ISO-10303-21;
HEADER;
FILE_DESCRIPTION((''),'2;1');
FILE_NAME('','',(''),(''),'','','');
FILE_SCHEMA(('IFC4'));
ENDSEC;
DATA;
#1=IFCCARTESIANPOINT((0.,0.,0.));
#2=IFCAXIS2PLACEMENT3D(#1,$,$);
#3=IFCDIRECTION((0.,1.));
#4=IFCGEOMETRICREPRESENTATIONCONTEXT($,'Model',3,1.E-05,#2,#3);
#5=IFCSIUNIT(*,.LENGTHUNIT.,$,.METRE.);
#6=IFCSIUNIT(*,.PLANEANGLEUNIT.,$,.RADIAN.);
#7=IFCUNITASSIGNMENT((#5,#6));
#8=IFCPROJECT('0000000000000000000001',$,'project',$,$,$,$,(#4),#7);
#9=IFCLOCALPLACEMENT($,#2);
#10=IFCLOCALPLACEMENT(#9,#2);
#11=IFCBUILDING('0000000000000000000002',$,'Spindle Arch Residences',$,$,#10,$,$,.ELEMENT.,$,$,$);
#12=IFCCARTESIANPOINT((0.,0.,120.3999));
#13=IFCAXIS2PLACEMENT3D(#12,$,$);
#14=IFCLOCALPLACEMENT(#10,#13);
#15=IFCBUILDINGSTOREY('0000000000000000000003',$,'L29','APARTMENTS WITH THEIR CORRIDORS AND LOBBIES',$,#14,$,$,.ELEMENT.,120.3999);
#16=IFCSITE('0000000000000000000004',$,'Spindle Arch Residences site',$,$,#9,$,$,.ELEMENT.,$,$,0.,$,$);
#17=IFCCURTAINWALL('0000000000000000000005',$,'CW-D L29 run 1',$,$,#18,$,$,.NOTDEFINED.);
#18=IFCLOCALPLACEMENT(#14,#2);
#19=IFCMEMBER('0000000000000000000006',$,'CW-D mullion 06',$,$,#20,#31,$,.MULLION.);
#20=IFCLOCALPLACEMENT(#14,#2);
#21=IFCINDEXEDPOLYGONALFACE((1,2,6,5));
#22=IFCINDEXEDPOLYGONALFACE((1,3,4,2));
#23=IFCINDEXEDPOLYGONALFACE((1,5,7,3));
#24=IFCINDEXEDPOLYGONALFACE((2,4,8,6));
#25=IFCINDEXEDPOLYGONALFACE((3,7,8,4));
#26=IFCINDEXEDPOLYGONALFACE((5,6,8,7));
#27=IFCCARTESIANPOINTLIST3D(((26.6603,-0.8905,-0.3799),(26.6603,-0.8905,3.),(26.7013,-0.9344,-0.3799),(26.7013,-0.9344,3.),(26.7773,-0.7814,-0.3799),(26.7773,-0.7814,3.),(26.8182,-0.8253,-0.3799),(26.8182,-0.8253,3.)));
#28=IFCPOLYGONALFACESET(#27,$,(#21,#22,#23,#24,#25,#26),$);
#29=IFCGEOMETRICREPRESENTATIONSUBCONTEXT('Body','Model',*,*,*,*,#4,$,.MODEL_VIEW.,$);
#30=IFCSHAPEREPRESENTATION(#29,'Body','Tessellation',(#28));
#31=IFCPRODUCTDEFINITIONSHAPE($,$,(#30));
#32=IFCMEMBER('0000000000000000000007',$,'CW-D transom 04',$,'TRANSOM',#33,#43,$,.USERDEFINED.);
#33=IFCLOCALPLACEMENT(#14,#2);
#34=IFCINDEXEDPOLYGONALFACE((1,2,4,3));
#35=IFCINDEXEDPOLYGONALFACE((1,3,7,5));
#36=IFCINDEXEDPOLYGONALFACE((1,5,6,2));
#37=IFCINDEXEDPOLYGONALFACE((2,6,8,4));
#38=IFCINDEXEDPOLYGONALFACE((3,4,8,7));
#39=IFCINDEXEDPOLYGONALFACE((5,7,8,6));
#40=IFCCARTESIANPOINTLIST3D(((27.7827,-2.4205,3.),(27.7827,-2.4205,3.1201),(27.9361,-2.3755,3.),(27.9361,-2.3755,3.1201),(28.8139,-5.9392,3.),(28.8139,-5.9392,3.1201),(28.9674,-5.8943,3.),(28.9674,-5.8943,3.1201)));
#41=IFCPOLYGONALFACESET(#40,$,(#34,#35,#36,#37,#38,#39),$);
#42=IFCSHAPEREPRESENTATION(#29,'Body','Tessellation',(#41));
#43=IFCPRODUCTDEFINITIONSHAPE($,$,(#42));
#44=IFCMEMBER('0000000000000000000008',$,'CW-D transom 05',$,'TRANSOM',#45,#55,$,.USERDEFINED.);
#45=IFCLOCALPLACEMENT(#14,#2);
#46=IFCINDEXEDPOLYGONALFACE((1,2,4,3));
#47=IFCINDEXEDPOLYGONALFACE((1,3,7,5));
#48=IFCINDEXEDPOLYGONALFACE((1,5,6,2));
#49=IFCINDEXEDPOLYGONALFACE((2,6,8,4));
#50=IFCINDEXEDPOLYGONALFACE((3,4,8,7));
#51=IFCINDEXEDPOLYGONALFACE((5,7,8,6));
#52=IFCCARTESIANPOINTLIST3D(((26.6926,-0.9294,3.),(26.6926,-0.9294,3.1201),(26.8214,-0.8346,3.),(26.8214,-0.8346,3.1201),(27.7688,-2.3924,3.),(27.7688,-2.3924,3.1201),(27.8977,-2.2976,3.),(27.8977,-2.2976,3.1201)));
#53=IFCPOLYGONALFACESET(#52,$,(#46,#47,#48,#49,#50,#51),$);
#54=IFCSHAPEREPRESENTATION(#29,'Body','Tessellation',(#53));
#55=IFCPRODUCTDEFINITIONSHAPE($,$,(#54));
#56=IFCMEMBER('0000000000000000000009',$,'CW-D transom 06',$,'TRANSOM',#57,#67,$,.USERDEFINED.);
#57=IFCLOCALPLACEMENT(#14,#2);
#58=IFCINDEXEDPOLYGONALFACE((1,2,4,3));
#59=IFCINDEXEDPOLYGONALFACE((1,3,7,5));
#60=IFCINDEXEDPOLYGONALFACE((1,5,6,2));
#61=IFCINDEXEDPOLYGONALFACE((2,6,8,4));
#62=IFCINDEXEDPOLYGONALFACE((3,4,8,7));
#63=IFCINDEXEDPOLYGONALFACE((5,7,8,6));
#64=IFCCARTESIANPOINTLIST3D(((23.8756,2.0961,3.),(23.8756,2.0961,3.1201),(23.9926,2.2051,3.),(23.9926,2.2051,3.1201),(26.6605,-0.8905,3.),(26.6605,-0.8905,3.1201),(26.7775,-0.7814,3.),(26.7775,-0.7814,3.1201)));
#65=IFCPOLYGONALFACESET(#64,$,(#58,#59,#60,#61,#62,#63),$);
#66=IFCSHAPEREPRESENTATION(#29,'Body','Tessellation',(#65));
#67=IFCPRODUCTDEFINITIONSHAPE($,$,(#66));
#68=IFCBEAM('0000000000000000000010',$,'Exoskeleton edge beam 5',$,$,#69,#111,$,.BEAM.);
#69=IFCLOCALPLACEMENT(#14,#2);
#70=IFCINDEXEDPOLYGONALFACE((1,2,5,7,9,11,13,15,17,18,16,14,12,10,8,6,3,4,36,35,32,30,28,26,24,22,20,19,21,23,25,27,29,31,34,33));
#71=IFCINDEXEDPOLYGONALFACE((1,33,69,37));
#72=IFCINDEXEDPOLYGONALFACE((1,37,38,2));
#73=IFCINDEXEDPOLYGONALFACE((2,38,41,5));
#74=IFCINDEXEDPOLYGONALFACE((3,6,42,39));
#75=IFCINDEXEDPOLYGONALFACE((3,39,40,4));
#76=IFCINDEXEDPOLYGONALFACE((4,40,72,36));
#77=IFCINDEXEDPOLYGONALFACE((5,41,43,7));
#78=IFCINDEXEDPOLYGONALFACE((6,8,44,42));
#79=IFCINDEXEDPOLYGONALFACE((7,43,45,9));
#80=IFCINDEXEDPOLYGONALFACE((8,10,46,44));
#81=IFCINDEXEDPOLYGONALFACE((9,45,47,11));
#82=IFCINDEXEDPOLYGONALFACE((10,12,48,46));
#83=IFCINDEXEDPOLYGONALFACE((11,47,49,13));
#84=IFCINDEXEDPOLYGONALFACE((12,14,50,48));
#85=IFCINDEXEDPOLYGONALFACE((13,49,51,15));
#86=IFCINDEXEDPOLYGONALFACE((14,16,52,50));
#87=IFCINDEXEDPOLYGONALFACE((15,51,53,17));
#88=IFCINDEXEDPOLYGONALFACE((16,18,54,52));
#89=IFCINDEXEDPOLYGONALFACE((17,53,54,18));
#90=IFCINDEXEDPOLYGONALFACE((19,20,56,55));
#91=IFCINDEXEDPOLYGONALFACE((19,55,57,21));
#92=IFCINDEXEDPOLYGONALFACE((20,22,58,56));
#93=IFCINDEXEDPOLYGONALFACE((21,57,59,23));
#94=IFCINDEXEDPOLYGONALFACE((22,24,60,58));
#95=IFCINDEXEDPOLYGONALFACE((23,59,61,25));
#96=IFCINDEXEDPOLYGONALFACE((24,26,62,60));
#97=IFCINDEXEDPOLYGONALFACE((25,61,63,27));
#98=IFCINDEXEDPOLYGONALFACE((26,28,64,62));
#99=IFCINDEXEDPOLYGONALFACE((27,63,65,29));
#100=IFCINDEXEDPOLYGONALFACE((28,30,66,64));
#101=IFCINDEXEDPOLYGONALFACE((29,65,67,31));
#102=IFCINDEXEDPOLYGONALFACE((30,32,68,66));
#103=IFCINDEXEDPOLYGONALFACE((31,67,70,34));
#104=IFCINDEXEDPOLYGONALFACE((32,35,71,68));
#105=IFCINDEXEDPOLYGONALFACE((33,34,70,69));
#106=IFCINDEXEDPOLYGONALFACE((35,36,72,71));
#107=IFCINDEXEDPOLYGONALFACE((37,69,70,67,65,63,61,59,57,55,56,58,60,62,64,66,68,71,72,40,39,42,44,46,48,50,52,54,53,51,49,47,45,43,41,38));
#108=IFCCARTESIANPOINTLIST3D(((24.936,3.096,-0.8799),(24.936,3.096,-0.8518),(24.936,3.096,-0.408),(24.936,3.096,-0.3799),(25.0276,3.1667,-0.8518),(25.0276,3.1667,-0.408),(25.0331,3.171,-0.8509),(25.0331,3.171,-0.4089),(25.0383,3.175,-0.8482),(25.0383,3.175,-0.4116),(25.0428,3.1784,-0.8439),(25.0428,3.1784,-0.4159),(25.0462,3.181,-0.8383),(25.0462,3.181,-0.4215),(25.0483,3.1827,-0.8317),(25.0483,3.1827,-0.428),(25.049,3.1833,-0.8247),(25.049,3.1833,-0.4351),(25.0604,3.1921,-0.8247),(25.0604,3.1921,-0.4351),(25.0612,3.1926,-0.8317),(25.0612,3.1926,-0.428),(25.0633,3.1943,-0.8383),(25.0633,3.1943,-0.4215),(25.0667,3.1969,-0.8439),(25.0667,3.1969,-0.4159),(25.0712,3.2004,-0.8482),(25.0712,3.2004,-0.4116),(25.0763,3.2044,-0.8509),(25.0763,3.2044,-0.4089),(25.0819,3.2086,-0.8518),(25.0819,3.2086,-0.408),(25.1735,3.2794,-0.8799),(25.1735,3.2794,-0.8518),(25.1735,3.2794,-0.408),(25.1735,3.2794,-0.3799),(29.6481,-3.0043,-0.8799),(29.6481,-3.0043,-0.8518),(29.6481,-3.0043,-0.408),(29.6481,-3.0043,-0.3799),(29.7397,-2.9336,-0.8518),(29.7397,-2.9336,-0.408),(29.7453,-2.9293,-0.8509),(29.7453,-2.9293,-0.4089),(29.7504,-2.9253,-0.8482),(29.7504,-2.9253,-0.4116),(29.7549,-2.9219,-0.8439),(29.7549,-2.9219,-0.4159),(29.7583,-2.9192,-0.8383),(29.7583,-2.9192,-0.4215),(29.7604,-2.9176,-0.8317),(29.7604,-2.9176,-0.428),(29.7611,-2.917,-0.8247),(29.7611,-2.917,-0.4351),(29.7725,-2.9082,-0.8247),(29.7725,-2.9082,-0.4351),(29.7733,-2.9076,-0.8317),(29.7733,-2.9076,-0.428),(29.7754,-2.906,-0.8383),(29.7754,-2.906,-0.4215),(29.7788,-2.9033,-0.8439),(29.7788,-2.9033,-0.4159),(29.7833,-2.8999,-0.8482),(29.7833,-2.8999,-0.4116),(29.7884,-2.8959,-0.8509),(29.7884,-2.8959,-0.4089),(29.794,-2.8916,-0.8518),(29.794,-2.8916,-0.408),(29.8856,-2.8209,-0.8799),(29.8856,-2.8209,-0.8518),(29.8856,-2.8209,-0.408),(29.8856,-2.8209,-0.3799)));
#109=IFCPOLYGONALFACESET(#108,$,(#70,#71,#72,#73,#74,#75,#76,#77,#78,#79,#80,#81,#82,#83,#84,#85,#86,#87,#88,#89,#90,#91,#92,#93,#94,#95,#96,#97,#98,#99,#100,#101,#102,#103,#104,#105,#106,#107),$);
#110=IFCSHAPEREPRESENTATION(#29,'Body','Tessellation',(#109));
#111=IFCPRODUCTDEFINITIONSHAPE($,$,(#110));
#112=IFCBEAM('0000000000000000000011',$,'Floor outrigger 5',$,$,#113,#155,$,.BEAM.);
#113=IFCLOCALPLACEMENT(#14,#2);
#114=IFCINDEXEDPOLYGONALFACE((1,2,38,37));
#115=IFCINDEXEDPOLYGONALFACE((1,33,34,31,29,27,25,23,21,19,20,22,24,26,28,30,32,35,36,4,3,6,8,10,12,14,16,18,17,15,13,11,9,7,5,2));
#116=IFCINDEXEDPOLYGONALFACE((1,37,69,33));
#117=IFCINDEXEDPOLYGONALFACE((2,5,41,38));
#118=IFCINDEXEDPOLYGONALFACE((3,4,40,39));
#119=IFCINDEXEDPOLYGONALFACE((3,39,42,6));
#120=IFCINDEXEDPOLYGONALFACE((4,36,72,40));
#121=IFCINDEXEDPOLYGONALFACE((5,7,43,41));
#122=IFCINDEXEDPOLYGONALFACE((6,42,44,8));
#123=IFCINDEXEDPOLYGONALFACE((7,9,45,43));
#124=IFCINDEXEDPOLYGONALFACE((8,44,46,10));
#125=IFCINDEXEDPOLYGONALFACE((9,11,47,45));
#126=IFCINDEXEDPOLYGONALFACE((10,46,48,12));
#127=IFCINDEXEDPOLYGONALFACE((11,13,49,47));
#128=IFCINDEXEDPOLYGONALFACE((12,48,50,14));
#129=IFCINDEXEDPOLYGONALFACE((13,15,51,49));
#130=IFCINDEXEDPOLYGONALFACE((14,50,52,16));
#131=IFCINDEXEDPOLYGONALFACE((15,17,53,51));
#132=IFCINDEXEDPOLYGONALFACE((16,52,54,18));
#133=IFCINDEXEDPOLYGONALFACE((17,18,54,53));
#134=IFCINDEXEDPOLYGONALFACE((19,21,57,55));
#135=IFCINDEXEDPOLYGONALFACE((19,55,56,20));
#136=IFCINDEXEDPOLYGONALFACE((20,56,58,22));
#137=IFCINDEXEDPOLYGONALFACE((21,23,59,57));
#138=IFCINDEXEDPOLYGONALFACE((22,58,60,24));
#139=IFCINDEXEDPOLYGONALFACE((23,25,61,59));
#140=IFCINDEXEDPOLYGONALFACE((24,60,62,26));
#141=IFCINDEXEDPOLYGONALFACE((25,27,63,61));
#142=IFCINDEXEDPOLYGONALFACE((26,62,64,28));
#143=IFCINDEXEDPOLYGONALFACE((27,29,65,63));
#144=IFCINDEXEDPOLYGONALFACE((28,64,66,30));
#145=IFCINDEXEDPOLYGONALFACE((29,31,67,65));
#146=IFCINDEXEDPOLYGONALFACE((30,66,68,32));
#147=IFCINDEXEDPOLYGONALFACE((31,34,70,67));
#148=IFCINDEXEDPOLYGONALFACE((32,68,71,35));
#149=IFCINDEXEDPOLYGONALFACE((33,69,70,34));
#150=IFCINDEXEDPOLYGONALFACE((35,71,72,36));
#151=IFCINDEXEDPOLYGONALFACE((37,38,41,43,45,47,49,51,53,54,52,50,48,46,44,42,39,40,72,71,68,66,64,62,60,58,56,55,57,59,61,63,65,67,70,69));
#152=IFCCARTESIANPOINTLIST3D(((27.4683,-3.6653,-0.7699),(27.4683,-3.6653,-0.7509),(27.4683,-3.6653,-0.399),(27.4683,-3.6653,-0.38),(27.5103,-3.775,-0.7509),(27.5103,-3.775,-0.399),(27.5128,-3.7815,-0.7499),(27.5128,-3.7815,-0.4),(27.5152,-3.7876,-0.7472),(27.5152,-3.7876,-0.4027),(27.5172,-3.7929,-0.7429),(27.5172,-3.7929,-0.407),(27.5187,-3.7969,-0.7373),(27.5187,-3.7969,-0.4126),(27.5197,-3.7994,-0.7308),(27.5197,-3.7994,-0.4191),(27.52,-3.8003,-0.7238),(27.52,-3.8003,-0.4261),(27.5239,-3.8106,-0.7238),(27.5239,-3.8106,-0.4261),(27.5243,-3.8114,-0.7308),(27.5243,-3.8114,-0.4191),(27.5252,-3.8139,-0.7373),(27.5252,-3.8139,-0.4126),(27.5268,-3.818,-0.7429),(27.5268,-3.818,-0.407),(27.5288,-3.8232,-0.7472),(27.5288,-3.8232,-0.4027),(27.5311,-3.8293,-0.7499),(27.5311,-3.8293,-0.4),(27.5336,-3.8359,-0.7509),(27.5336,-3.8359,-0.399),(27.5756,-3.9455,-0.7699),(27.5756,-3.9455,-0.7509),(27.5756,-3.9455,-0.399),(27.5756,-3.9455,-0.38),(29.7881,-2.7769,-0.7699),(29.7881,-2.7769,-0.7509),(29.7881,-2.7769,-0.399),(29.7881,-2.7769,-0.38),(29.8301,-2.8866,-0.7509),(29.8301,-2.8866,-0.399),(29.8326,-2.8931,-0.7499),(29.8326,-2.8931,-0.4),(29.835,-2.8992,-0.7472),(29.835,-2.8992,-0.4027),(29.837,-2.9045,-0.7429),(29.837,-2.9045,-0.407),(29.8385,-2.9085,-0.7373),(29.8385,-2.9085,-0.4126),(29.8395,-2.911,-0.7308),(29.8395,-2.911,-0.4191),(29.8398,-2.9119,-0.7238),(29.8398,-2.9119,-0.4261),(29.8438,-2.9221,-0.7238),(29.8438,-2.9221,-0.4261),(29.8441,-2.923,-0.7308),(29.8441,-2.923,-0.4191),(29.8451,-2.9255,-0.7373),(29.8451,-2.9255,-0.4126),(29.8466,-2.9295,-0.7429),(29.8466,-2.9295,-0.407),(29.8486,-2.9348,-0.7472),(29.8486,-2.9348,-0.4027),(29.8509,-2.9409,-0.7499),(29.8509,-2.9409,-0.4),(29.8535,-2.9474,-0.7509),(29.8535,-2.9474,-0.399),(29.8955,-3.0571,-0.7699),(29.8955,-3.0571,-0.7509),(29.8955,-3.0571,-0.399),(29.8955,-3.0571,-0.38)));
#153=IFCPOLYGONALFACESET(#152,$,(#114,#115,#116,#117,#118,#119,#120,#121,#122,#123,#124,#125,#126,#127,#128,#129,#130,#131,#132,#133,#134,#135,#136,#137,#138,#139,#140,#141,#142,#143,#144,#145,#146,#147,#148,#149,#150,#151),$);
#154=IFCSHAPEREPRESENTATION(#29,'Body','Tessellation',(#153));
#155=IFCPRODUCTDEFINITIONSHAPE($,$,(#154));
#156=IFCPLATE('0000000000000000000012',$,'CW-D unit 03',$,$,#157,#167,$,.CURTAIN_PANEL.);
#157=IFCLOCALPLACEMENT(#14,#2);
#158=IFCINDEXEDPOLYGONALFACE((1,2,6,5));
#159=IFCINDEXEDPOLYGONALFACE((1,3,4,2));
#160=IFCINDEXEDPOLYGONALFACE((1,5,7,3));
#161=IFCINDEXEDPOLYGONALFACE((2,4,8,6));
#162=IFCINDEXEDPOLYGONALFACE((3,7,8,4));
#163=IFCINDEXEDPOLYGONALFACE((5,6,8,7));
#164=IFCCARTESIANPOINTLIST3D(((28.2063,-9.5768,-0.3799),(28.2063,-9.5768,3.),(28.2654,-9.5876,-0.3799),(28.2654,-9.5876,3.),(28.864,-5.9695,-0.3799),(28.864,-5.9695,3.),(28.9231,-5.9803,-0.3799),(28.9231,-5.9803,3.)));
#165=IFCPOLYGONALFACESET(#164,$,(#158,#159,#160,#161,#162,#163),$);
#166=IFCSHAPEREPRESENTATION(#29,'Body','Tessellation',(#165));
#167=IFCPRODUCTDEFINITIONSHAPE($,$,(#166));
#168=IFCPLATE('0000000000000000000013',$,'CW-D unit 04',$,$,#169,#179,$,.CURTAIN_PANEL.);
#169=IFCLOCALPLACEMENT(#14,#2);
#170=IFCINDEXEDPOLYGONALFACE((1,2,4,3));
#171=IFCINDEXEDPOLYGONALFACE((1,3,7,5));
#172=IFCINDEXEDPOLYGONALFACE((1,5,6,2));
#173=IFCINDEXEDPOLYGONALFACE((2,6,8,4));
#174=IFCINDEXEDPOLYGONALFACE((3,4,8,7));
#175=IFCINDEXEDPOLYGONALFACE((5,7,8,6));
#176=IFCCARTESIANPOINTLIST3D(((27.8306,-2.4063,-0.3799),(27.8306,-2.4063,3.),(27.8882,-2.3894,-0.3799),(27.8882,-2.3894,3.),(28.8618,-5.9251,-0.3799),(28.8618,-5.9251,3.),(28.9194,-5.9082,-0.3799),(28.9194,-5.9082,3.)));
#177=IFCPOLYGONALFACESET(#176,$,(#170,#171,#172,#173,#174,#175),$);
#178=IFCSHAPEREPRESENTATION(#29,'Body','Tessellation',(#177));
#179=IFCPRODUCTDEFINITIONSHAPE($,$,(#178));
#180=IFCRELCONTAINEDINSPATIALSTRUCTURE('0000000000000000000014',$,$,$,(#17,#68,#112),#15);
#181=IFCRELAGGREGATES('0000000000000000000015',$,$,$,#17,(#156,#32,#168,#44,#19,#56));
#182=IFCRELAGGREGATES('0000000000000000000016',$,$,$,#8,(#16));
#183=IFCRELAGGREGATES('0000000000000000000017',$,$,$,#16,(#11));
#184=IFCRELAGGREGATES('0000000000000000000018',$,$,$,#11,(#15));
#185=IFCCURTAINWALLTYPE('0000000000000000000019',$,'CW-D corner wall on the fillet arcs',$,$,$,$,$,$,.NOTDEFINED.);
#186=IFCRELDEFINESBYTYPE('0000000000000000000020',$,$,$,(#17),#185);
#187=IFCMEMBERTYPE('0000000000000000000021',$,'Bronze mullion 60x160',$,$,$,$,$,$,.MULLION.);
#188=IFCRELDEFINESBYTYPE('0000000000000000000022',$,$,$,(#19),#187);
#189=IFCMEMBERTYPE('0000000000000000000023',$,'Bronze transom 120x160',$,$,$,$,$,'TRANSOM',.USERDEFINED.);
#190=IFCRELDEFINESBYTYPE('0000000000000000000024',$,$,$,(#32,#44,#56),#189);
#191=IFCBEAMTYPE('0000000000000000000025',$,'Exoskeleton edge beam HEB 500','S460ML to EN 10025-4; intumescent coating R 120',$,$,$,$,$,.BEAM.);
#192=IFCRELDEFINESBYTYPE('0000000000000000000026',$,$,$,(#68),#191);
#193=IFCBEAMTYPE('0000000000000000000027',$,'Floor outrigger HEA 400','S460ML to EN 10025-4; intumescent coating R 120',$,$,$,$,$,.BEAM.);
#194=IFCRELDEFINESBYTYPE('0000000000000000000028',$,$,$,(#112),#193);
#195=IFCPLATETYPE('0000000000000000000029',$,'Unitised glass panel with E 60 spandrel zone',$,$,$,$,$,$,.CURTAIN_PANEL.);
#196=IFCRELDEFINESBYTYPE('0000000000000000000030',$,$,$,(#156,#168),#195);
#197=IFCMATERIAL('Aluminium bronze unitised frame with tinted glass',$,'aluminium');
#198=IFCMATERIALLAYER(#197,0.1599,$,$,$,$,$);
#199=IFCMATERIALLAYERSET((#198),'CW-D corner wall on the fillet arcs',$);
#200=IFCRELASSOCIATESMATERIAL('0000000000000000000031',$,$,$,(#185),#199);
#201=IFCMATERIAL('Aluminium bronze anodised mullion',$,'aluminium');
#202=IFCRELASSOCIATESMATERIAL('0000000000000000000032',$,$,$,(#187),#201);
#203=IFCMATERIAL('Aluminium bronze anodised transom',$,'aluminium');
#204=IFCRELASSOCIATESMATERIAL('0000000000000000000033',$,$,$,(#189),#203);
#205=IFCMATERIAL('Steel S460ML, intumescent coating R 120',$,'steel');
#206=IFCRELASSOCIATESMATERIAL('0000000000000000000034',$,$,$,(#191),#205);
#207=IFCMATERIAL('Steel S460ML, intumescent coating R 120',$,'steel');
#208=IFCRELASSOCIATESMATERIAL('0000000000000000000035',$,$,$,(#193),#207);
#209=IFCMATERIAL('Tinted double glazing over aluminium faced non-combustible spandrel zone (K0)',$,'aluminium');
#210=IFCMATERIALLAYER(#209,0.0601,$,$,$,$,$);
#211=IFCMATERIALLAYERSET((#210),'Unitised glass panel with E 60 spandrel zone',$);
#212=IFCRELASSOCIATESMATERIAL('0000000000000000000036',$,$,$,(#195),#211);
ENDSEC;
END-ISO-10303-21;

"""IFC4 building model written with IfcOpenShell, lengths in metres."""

from ifc_helpers import new_model, si_unit, direction, frame, origin, origin_2d, place, context, subcontext, project, spatial, rectangle, i_section, extrude, material, layer, layer_set, material_profile, profile_set, type_object, element, aggregate, save


model = new_model("IFC4")

# Units and contexts
model_context = context("Model", 3, precision=1e-05, world=origin(), true_north=direction((0.0, 1.0)))
body_context = subcontext(model_context, "Body", "Model", "MODEL_VIEW")
ifc_project = project(units=[si_unit("LENGTHUNIT", "METRE"), si_unit("PLANEANGLEUNIT", "RADIAN")], contexts=[model_context])

# Site, building, storey
site_placement = place(None, origin())
site = spatial("IfcSite", under=ifc_project, at=site_placement, Name="Spindle Arch Residences site", CompositionType="ELEMENT", RefElevation=0.0)
building_placement = place(site_placement, origin())
building = spatial("IfcBuilding", under=site, at=building_placement, Name="Spindle Arch Residences", CompositionType="ELEMENT")
storey_placement = place(building_placement, frame((0.0, 0.0, 120.3999)))
storey = spatial("IfcBuildingStorey", under=building, at=storey_placement, Name="L29", Description="APARTMENTS WITH THEIR CORRIDORS AND LOBBIES", CompositionType="ELEMENT", Elevation=120.3999)

# Curtain wall, members
ifc_material_1 = material(Name="Aluminium bronze unitised frame with tinted glass", Category="aluminium")
ifc_layer_1 = layer(ifc_material_1, 0.1599)
ifc_layer_set_1 = layer_set([ifc_layer_1], Name="CW-D corner wall on the fillet arcs")
curtain_wall_type = type_object("IfcCurtainWallType", Name="CW-D corner wall on the fillet arcs", PredefinedType="NOTDEFINED", material=ifc_layer_set_1)
curtain_wall_placement = place(storey_placement, origin())
curtain_wall = element("IfcCurtainWall", 1, at=curtain_wall_placement, inside=storey, type_object=curtain_wall_type, Name="CW-D L29 run 1", PredefinedType="NOTDEFINED")
ifc_material_2 = material(Name="Aluminium bronze anodised mullion", Category="aluminium")
ifc_material_profile_1 = material_profile(ifc_material_2, rectangle(XDim=0.1599, YDim=0.0601, at=origin_2d()), Name="MU 60x160")
ifc_profile_set_1 = profile_set([ifc_material_profile_1], Name="Aluminium bronze anodised mullion")
member_type_1 = type_object("IfcMemberType", Name="Bronze mullion 60x160", PredefinedType="MULLION", material=ifc_profile_set_1)
member_1_placement = place(storey_placement, frame((26.7393, -0.8579, -0.3799), z_axis=(0.0, 0.0, 1.0), x_axis=(-0.731354, -0.681998, 0.0)))
member_1 = element("IfcMember", 2, at=member_1_placement, type_object=member_type_1, Name="CW-D mullion 06", PredefinedType="MULLION", context=body_context, shape_type="SweptSolid", body=[
    extrude(rectangle(XDim=0.1599, YDim=0.0601, at=origin_2d()), origin(), (0.0, 0.0, 1.0), 3.3799),
])
ifc_material_3 = material(Name="Aluminium bronze anodised transom", Category="aluminium")
ifc_material_profile_2 = material_profile(ifc_material_3, rectangle(XDim=0.1599, YDim=0.1201, at=origin_2d()), Name="TR 120x160")
ifc_profile_set_2 = profile_set([ifc_material_profile_2], Name="Aluminium bronze anodised transom")
member_type_2 = type_object("IfcMemberType", Name="Bronze transom 120x160", ElementType="TRANSOM", PredefinedType="USERDEFINED", material=ifc_profile_set_2)
member_2_placement = place(storey_placement, frame((28.8906, -5.9167, 3.0601), z_axis=(-0.28124, 0.959638, 0.0), x_axis=(-0.959638, -0.28124, 0.0)))
member_2 = element("IfcMember", 3, at=member_2_placement, type_object=member_type_2, Name="CW-D transom 04", ObjectType="TRANSOM", PredefinedType="USERDEFINED", context=body_context, shape_type="SweptSolid", body=[
    extrude(rectangle(XDim=0.1599, YDim=0.1201, at=origin_2d()), origin(), (0.0, 0.0, 1.0), 3.6667),
])
member_3_placement = place(storey_placement, frame((27.8333, -2.345, 3.0601), z_axis=(-0.592575, 0.805515, 0.0), x_axis=(-0.805515, -0.592575, 0.0)))
member_3 = element("IfcMember", 4, at=member_3_placement, type_object=member_type_2, Name="CW-D transom 05", ObjectType="TRANSOM", PredefinedType="USERDEFINED", context=body_context, shape_type="SweptSolid", body=[
    extrude(rectangle(XDim=0.1599, YDim=0.1201, at=origin_2d()), origin(), (0.0, 0.0, 1.0), 1.8162),
])
member_4_placement = place(storey_placement, frame((26.719, -0.8359, 3.0601), z_axis=(-0.681984, 0.731367, 0.0), x_axis=(-0.731367, -0.681984, 0.0)))
member_4 = element("IfcMember", 5, at=member_4_placement, type_object=member_type_2, Name="CW-D transom 06", ObjectType="TRANSOM", PredefinedType="USERDEFINED", context=body_context, shape_type="SweptSolid", body=[
    extrude(rectangle(XDim=0.1599, YDim=0.1201, at=origin_2d()), origin(), (0.0, 0.0, 1.0), 4.0835),
])

# Beams
ifc_material_4 = material(Name="Steel S460ML, intumescent coating R 120", Category="steel")
ifc_material_profile_3 = material_profile(ifc_material_4, i_section(OverallWidth=0.3, OverallDepth=0.5, WebThickness=0.0144, FlangeThickness=0.0281, FilletRadius=0.0271, at=origin_2d()), Name="HEB 500")
ifc_profile_set_3 = profile_set([ifc_material_profile_3], Name="Steel S460ML, intumescent coating R 120")
beam_type_1 = type_object("IfcBeamType", Name="Exoskeleton edge beam HEB 500", Description="S460ML to EN 10025-4; intumescent coating R 120", PredefinedType="BEAM", material=ifc_profile_set_3)
beam_1_placement = place(storey_placement, frame((29.7668, -2.9126, -0.6299), z_axis=(-0.611306, 0.791394, 0.0), x_axis=(-0.791394, -0.611306, 0.0)))
element("IfcBeam", 6, at=beam_1_placement, inside=storey, type_object=beam_type_1, Name="Exoskeleton edge beam 5", PredefinedType="BEAM", context=body_context, shape_type="SweptSolid", body=[
    extrude(i_section(OverallWidth=0.3, OverallDepth=0.5, WebThickness=0.0144, FlangeThickness=0.0281, FilletRadius=0.0271, at=origin_2d()), origin(), (0.0, 0.0, 1.0), 7.7083),
])
ifc_material_5 = material(Name="Steel S460ML, intumescent coating R 120", Category="steel")
ifc_material_profile_4 = material_profile(ifc_material_5, i_section(OverallWidth=0.3, OverallDepth=0.3899, WebThickness=0.011, FlangeThickness=0.019, FilletRadius=0.0271, at=origin_2d()), Name="HEA 400")
ifc_profile_set_4 = profile_set([ifc_material_profile_4], Name="Steel S460ML, intumescent coating R 120")
beam_type_2 = type_object("IfcBeamType", Name="Floor outrigger HEA 400", Description="S460ML to EN 10025-4; intumescent coating R 120", PredefinedType="BEAM", material=ifc_profile_set_4)
beam_2_placement = place(storey_placement, frame((29.8418, -2.917, -0.575), z_axis=(-0.933859, -0.357642, 0.0), x_axis=(0.357642, -0.933859, 0.0)))
element("IfcBeam", 7, at=beam_2_placement, inside=storey, type_object=beam_type_2, Name="Floor outrigger 5", PredefinedType="BEAM", context=body_context, shape_type="SweptSolid", body=[
    extrude(i_section(OverallWidth=0.3, OverallDepth=0.3899, WebThickness=0.011, FlangeThickness=0.019, FilletRadius=0.0271, at=origin_2d()), origin(), (0.0, 0.0, 1.0), 2.4841),
])

# Plates
ifc_material_6 = material(Name="Tinted double glazing over aluminium faced non-combustible spandrel zone (K0)", Category="aluminium")
ifc_layer_2 = layer(ifc_material_6, 0.0601)
ifc_layer_set_2 = layer_set([ifc_layer_2], Name="Unitised glass panel with E 60 spandrel zone")
plate_type = type_object("IfcPlateType", Name="Unitised glass panel with E 60 spandrel zone", PredefinedType="CURTAIN_PANEL", material=ifc_layer_set_2)
plate_1_placement = place(storey_placement, frame((28.5647, -7.7786, -0.3799), z_axis=(0.0, 0.0, 1.0), x_axis=(0.179375, 0.983781, 0.0)))
plate_1 = element("IfcPlate", 8, at=plate_1_placement, type_object=plate_type, Name="CW-D unit 03", PredefinedType="CURTAIN_PANEL", context=body_context, shape_type="SweptSolid", body=[
    extrude(rectangle(XDim=3.6667, YDim=0.0601, at=origin_2d()), origin(), (0.0, 0.0, 1.0), 3.3799),
])
plate_2_placement = place(storey_placement, frame((28.375, -4.1572, -0.3799), z_axis=(0.0, 0.0, 1.0), x_axis=(-0.281225, 0.959642, 0.0)))
plate_2 = element("IfcPlate", 9, at=plate_2_placement, type_object=plate_type, Name="CW-D unit 04", PredefinedType="CURTAIN_PANEL", context=body_context, shape_type="SweptSolid", body=[
    extrude(rectangle(XDim=3.6667, YDim=0.0601, at=origin_2d()), origin(), (0.0, 0.0, 1.0), 3.3799),
])
aggregate(curtain_wall, [plate_1, member_2, plate_2, member_3, member_1, member_4])

save(model, "model.ifc")
